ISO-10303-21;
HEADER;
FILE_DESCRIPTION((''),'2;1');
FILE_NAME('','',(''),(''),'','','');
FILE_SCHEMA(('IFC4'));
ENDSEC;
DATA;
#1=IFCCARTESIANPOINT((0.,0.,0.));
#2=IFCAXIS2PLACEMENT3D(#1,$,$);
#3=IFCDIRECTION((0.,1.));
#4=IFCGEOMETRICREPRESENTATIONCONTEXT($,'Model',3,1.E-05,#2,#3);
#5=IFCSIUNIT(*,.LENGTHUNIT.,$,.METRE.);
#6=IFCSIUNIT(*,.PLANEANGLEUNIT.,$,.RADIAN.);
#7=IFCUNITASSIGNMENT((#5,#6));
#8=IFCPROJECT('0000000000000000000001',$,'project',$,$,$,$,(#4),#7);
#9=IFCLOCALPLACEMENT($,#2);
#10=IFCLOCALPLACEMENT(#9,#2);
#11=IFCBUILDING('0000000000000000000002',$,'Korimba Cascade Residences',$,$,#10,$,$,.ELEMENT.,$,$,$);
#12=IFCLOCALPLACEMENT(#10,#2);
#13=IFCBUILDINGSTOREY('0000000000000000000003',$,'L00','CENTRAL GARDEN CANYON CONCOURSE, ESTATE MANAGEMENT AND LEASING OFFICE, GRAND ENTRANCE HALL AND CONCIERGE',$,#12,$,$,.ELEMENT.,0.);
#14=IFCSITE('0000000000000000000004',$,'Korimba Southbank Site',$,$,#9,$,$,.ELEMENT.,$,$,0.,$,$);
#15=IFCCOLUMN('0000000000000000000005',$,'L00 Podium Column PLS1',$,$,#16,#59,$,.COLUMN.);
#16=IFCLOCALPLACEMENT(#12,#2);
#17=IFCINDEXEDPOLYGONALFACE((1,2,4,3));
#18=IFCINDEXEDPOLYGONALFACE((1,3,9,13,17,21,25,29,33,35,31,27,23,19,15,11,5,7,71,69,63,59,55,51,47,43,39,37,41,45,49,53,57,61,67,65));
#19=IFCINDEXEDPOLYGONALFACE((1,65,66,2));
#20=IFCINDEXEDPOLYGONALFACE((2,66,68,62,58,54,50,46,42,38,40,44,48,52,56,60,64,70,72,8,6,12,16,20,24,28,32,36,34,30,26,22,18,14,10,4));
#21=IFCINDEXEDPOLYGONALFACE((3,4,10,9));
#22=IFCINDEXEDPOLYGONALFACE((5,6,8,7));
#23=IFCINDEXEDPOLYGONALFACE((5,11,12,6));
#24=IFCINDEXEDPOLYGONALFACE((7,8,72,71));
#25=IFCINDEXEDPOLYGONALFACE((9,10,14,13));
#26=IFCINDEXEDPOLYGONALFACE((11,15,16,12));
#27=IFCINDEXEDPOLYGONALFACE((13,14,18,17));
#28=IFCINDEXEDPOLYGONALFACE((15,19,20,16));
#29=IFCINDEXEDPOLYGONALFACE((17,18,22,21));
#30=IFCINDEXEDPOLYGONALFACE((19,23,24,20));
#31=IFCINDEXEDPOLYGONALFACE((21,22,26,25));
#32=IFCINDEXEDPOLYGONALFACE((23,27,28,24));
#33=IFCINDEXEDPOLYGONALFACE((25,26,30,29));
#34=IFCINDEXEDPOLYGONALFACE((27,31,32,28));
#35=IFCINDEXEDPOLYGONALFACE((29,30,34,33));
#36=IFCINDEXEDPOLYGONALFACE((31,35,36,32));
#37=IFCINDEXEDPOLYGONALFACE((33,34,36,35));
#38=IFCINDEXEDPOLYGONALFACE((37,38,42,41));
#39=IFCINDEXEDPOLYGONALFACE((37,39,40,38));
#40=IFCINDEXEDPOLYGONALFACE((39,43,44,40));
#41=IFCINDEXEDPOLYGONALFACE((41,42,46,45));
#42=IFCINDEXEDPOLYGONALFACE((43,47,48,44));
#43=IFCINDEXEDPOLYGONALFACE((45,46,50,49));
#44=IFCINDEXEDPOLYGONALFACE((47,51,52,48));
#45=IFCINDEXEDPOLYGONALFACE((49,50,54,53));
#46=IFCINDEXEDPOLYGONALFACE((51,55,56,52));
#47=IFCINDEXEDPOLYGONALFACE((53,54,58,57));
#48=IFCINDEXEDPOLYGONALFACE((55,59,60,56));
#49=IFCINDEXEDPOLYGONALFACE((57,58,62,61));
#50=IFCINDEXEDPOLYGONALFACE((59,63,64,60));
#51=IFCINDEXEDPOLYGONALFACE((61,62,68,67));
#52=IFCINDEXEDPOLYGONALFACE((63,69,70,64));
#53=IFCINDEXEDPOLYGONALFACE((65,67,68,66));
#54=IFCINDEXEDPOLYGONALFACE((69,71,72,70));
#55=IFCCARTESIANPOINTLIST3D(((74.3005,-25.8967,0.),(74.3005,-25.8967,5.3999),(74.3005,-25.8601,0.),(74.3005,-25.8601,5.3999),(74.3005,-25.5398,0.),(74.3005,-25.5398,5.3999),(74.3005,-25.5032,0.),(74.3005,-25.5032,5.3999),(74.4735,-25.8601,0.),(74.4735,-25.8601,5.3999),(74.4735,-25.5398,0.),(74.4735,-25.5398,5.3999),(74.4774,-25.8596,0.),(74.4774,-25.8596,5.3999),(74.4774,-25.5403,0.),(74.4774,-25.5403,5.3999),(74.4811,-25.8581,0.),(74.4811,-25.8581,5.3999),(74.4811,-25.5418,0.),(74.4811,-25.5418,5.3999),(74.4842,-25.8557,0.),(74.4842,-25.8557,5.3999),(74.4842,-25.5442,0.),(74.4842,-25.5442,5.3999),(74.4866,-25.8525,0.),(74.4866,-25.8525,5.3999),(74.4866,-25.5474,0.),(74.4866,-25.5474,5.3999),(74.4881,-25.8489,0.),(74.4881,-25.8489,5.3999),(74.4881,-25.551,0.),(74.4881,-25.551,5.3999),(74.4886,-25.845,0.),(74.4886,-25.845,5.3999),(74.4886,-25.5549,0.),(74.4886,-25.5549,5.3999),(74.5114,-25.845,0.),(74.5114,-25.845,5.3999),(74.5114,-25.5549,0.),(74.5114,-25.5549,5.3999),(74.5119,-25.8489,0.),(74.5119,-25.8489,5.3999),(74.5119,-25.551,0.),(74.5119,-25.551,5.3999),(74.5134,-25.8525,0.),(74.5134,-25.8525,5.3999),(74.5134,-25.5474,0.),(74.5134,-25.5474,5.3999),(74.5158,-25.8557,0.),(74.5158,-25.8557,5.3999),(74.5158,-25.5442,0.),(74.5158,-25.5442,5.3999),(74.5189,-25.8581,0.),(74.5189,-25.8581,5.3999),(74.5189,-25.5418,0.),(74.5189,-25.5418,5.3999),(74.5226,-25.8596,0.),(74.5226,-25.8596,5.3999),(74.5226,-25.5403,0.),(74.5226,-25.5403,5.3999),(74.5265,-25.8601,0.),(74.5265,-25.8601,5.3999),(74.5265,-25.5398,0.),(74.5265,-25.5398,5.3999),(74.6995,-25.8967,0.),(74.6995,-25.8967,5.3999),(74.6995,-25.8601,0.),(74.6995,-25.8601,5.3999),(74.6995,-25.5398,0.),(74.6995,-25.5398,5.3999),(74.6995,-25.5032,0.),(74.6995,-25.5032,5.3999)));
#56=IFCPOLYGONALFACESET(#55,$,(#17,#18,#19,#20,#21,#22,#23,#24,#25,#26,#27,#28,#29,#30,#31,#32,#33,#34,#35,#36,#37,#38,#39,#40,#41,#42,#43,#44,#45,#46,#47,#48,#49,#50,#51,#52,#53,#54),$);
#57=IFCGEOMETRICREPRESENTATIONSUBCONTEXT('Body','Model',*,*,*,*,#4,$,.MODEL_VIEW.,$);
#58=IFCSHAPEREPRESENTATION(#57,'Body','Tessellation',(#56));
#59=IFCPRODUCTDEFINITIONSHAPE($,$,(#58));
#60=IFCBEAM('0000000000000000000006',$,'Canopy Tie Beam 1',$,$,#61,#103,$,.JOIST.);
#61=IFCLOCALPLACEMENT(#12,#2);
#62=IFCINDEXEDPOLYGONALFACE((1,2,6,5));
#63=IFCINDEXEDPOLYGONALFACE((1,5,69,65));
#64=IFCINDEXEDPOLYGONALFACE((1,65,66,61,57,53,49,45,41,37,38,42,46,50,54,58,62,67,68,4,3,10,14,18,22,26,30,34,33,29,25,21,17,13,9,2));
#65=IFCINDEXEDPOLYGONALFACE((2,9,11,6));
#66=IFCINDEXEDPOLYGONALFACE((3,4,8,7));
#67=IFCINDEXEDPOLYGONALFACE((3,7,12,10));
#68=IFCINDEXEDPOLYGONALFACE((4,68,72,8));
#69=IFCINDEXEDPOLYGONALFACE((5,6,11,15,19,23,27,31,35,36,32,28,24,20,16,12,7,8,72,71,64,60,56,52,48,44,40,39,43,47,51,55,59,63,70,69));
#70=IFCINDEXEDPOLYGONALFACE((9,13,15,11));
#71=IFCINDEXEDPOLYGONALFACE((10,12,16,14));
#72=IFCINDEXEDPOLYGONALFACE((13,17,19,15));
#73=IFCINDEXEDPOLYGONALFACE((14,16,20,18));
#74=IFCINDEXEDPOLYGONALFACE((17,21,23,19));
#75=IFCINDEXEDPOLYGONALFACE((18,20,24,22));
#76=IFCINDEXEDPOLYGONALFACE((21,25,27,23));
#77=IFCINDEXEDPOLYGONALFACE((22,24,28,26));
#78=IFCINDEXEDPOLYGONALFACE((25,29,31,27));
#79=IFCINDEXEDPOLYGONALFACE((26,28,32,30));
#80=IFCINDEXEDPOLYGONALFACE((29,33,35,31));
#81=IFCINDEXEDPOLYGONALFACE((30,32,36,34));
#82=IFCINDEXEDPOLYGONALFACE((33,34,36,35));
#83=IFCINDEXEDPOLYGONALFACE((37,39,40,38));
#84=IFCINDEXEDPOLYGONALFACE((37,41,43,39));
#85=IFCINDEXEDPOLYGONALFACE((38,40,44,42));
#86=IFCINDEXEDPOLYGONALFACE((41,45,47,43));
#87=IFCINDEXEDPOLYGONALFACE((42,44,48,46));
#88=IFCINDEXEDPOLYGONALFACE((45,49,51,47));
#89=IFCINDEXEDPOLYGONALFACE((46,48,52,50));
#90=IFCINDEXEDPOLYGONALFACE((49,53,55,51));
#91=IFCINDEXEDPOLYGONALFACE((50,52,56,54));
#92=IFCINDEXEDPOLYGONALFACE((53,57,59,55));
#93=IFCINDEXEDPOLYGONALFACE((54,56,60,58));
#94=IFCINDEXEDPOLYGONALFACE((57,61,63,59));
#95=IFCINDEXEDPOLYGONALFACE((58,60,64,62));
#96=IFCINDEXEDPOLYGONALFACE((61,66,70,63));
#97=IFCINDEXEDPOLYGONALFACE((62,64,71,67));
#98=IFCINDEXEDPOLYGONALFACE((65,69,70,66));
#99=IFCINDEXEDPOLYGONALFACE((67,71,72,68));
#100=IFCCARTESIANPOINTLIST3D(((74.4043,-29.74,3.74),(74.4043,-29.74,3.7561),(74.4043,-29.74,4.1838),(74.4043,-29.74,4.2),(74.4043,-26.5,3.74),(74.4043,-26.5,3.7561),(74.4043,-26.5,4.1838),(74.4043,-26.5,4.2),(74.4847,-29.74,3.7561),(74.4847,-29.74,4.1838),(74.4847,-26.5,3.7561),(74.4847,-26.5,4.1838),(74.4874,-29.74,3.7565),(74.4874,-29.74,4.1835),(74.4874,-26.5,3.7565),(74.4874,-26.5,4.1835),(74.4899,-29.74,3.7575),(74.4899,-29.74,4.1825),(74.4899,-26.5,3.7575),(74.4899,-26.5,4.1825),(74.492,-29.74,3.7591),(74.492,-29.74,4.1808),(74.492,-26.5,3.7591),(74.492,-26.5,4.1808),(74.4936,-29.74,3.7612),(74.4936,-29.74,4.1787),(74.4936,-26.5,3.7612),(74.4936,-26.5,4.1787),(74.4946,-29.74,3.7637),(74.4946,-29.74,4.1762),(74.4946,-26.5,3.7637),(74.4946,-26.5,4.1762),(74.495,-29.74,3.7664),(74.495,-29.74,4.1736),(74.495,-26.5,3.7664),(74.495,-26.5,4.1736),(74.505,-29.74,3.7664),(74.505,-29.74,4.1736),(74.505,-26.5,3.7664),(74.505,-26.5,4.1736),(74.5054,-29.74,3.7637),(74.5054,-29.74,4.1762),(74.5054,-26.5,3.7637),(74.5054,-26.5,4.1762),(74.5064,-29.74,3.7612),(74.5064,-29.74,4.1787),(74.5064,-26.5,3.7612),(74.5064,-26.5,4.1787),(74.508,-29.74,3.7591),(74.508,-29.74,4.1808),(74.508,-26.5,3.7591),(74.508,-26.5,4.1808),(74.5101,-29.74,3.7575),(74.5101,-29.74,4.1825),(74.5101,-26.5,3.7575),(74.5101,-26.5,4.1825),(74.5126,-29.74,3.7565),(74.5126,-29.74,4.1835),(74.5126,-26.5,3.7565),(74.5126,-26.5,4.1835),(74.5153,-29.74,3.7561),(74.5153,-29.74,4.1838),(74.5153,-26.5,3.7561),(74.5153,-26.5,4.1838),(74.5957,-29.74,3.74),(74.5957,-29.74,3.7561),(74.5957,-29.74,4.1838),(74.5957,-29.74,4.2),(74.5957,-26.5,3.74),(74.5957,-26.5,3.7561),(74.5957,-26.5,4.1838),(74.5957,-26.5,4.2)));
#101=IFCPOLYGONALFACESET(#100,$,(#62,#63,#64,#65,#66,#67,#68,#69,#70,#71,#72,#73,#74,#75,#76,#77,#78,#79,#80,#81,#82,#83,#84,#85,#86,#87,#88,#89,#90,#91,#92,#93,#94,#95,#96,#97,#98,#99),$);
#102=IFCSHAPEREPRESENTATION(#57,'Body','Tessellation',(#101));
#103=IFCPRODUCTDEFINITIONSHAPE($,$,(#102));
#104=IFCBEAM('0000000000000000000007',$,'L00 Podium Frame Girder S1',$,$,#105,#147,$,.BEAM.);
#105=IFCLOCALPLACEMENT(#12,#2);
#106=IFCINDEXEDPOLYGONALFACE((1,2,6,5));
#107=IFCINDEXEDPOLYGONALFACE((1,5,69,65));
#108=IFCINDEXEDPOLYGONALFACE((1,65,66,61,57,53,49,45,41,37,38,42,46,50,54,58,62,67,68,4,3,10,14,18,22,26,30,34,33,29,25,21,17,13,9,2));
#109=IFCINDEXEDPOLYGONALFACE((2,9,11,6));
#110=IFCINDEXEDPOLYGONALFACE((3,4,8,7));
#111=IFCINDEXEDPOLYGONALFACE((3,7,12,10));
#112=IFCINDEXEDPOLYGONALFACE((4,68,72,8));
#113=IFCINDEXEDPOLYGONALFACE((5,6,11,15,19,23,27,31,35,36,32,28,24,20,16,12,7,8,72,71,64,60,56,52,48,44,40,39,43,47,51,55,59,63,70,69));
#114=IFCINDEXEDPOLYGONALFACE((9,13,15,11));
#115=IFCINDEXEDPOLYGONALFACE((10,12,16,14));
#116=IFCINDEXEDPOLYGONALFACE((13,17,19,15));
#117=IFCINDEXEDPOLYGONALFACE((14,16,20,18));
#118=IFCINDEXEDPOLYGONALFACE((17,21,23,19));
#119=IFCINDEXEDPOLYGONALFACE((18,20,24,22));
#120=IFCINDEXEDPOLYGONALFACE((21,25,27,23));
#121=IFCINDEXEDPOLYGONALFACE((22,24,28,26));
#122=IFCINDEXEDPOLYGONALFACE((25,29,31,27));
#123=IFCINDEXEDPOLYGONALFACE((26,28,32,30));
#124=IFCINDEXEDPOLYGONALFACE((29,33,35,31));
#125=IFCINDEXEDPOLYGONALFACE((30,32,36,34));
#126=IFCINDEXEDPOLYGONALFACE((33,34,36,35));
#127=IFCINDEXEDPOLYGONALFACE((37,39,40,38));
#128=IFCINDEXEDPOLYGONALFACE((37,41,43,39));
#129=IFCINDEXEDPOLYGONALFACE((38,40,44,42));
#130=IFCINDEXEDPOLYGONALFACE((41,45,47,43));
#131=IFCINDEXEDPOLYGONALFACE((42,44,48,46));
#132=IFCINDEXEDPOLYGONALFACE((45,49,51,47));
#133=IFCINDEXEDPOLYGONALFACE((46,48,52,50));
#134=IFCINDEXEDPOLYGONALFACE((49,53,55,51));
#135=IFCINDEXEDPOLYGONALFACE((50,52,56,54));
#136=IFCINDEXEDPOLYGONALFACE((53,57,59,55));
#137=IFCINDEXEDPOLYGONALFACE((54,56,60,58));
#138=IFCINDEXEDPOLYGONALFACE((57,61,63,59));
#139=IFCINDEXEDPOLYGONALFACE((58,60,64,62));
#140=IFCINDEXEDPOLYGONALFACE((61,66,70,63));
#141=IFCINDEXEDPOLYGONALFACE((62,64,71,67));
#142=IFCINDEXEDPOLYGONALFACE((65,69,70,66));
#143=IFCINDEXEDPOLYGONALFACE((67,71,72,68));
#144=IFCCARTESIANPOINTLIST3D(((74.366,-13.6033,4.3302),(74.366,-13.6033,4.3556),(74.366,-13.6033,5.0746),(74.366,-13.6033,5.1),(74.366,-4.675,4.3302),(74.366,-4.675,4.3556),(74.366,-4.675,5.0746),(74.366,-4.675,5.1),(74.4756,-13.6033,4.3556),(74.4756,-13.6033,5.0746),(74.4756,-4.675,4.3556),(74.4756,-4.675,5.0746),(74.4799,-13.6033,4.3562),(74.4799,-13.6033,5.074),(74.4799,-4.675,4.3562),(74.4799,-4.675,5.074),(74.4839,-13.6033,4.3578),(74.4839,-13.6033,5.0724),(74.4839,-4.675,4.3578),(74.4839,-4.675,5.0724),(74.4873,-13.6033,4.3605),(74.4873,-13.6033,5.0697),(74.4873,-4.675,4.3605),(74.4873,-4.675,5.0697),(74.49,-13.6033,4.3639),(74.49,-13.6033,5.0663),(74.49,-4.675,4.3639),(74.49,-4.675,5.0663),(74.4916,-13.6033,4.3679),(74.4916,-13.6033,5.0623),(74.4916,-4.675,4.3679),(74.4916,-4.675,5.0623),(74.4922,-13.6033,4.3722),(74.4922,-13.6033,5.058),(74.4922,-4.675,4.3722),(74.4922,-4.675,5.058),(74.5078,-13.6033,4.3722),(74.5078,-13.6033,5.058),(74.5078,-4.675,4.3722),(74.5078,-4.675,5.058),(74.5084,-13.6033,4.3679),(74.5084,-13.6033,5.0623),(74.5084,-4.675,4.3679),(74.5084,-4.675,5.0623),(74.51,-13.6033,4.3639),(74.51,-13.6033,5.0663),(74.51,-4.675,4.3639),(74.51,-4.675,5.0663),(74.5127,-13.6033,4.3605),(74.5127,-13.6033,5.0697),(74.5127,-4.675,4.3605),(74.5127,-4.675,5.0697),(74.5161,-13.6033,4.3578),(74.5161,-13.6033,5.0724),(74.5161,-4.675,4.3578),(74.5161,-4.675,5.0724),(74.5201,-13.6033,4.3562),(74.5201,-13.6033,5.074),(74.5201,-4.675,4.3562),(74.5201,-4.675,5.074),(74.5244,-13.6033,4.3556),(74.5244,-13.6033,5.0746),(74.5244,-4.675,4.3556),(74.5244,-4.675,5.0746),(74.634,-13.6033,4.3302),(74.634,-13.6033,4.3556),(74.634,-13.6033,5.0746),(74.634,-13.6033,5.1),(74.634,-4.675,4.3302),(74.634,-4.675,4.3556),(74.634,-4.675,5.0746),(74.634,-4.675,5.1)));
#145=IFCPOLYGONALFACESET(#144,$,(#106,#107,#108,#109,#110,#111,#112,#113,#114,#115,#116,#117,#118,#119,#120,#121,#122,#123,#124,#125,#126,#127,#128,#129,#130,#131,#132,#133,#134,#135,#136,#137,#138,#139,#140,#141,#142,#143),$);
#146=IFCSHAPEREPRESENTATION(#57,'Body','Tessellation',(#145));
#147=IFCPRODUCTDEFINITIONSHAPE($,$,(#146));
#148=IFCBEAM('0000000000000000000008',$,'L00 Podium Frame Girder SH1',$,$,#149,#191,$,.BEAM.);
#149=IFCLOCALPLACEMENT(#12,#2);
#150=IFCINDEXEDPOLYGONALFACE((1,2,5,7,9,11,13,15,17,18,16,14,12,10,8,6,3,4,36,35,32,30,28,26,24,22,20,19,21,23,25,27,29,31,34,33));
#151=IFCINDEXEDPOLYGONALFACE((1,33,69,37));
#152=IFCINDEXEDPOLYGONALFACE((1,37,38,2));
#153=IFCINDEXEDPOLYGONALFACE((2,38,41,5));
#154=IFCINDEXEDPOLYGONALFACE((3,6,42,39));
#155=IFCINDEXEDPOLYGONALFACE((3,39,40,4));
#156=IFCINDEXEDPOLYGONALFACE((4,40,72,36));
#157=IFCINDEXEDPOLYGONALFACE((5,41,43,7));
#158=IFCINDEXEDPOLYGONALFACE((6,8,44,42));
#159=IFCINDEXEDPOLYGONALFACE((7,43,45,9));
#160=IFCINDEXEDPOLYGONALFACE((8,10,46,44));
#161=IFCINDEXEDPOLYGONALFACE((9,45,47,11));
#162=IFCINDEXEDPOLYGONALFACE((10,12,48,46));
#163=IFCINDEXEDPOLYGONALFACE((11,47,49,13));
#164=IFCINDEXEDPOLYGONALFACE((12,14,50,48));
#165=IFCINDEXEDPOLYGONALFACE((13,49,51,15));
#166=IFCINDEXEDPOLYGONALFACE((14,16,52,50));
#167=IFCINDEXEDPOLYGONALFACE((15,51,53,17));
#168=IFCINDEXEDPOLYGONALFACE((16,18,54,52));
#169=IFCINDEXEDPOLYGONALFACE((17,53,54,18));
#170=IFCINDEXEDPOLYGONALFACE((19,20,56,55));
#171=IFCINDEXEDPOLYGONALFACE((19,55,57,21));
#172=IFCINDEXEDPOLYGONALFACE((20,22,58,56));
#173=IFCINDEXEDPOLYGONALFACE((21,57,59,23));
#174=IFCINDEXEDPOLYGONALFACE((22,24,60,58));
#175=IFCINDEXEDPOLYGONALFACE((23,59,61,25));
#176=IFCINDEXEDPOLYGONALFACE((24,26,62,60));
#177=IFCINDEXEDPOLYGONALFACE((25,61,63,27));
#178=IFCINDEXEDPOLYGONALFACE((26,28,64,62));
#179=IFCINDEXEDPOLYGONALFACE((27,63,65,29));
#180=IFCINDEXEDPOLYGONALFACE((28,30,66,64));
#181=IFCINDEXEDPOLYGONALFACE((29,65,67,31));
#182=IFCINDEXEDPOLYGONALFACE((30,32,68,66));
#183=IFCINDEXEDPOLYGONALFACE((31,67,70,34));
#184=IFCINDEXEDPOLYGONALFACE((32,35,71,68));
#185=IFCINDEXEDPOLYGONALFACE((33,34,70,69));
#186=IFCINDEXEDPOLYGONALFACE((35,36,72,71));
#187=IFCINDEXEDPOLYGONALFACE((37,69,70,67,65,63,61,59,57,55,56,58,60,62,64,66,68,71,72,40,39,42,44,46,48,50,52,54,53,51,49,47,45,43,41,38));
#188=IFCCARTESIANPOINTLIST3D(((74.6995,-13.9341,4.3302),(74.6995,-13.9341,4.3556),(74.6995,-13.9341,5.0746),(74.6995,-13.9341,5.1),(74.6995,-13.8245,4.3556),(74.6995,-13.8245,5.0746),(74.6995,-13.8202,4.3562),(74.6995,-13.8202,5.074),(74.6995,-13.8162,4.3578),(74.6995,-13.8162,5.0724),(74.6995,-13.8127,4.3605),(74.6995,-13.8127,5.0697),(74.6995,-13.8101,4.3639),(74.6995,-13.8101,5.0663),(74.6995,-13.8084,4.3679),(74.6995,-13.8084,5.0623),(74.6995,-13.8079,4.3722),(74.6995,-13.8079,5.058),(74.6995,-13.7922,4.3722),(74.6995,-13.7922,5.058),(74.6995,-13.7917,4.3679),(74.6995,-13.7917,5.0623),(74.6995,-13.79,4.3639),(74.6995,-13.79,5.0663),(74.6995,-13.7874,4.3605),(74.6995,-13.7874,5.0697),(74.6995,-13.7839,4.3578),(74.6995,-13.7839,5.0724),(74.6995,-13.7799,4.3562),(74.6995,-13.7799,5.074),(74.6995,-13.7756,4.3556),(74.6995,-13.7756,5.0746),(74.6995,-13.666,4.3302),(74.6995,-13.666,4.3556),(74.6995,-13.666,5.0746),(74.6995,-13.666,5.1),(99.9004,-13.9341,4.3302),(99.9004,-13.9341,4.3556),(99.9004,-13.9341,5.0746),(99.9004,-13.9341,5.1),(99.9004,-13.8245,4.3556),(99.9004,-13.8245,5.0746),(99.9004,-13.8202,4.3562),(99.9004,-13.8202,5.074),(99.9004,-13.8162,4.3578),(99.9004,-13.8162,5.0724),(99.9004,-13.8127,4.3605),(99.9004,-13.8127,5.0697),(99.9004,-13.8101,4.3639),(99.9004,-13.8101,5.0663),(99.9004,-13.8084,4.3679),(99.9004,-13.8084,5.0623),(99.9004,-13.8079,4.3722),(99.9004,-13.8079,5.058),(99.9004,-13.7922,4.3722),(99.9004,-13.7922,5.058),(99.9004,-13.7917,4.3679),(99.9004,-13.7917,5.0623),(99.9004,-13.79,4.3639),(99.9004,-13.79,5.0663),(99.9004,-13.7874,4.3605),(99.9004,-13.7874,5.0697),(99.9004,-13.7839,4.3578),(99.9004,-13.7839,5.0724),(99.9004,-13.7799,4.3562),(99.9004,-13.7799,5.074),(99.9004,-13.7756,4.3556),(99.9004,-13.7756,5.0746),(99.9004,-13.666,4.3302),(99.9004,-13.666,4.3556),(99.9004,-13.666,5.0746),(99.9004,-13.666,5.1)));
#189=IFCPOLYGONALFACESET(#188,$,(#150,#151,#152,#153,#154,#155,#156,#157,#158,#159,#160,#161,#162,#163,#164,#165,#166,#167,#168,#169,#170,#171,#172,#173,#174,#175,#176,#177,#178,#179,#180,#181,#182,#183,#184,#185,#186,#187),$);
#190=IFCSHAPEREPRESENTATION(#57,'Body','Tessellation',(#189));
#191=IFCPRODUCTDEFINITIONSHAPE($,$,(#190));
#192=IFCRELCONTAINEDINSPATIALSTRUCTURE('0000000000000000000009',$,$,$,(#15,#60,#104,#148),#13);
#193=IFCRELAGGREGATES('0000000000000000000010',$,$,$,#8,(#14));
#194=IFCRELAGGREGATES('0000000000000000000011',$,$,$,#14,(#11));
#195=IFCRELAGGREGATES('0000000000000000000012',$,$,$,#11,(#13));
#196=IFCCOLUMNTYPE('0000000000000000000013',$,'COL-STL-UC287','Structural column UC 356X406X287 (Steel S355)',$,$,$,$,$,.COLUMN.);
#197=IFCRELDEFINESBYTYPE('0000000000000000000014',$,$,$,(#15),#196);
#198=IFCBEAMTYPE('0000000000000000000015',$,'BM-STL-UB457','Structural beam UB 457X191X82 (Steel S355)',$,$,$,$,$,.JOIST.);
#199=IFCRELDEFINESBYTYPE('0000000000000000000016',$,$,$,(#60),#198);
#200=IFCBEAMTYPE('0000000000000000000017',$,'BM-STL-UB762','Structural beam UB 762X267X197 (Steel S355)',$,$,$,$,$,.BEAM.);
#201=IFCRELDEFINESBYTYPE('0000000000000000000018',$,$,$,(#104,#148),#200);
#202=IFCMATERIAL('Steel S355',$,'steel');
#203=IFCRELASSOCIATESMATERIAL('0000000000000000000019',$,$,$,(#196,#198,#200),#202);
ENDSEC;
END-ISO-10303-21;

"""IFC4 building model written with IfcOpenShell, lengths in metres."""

from ifc_helpers import new_model, si_unit, direction, frame, origin, origin_2d, place, context, subcontext, project, spatial, i_section, extrude, material, material_profile, profile_set, type_object, element, save


model = new_model("IFC4")

# Units and contexts
model_context = context("Model", 3, precision=1e-05, world=origin(), true_north=direction((0.0, 1.0)))
body_context = subcontext(model_context, "Body", "Model", "MODEL_VIEW")
ifc_project = project(units=[si_unit("LENGTHUNIT", "METRE"), si_unit("PLANEANGLEUNIT", "RADIAN")], contexts=[model_context])

# Site, building, storey
site_placement = place(None, origin())
site = spatial("IfcSite", under=ifc_project, at=site_placement, Name="Korimba Southbank Site", CompositionType="ELEMENT", RefElevation=0.0)
building_placement = place(site_placement, origin())
building = spatial("IfcBuilding", under=site, at=building_placement, Name="Korimba Cascade Residences", CompositionType="ELEMENT")
storey_placement = place(building_placement, origin())
storey = spatial("IfcBuildingStorey", under=building, at=storey_placement, Name="L00", Description="CENTRAL GARDEN CANYON CONCOURSE, ESTATE MANAGEMENT AND LEASING OFFICE, GRAND ENTRANCE HALL AND CONCIERGE", CompositionType="ELEMENT", Elevation=0.0)

# Column
ifc_material_1 = material(Name="Steel S355", Category="steel")
ifc_material_profile_1 = material_profile(ifc_material_1, i_section(OverallWidth=0.3989, OverallDepth=0.3936, WebThickness=0.0227, FlangeThickness=0.0366, FilletRadius=0.0151, at=origin_2d()), Name="Steel S355")
ifc_profile_set_1 = profile_set([ifc_material_profile_1], Name="Steel S355")
column_type_1 = type_object("IfcColumnType", Name="COL-STL-UC287", Description="Structural column UC 356X406X287 (Steel S355)", PredefinedType="COLUMN", material=ifc_profile_set_1)
for number, where, z_axis, x_axis, name in (
    (1, (74.5, -25.7, 0.0), (0.0, 0.0, 1.0), (1.0, 0.0, 0.0), "L00 Podium Column PLS1"),
):
    element("IfcColumn", number, at=place(storey_placement, frame(where, z_axis=z_axis, x_axis=x_axis)), inside=storey, type_object=column_type_1, Name=name, PredefinedType="COLUMN", context=body_context, shape_type="SweptSolid", body=[
        extrude(i_section(OverallWidth=0.3989, OverallDepth=0.3936, WebThickness=0.0227, FlangeThickness=0.0366, FilletRadius=0.0151, at=origin_2d()), origin(), (0.0, 0.0, 1.0), 5.3999),
    ])

# Beams
ifc_material_profile_2 = material_profile(ifc_material_1, i_section(OverallWidth=0.1914, OverallDepth=0.46, WebThickness=0.01, FlangeThickness=0.0161, FilletRadius=0.0103, at=origin_2d()), Name="Steel S355")
ifc_profile_set_2 = profile_set([ifc_material_profile_2], Name="Steel S355")
beam_type_1 = type_object("IfcBeamType", Name="BM-STL-UB457", Description="Structural beam UB 457X191X82 (Steel S355)", PredefinedType="JOIST", material=ifc_profile_set_2)
beam_1_placement = place(storey_placement, frame((74.5, -29.74, 3.97), z_axis=(0.0, 1.0, 0.0), x_axis=(-1.0, 0.0, 0.0)))
element("IfcBeam", 2, at=beam_1_placement, inside=storey, type_object=beam_type_1, Name="Canopy Tie Beam 1", PredefinedType="JOIST", context=body_context, shape_type="SweptSolid", body=[
    extrude(i_section(OverallWidth=0.1914, OverallDepth=0.46, WebThickness=0.01, FlangeThickness=0.0161, FilletRadius=0.0103, at=origin_2d()), origin(), (0.0, 0.0, 1.0), 3.24),
])
ifc_material_profile_3 = material_profile(ifc_material_1, i_section(OverallWidth=0.2681, OverallDepth=0.7698, WebThickness=0.0156, FlangeThickness=0.0254, FilletRadius=0.0166, at=origin_2d()), Name="Steel S355")
ifc_profile_set_3 = profile_set([ifc_material_profile_3], Name="Steel S355")
beam_type_2 = type_object("IfcBeamType", Name="BM-STL-UB762", Description="Structural beam UB 762X267X197 (Steel S355)", PredefinedType="BEAM", material=ifc_profile_set_3)
beam_2_placement = place(storey_placement, frame((74.5, -13.6033, 4.7151), z_axis=(0.0, 1.0, 0.0), x_axis=(-1.0, 0.0, 0.0)))
element("IfcBeam", 3, at=beam_2_placement, inside=storey, type_object=beam_type_2, Name="L00 Podium Frame Girder S1", PredefinedType="BEAM", context=body_context, shape_type="SweptSolid", body=[
    extrude(i_section(OverallWidth=0.2681, OverallDepth=0.7698, WebThickness=0.0156, FlangeThickness=0.0254, FilletRadius=0.0166, at=origin_2d()), origin(), (0.0, 0.0, 1.0), 8.9282),
])
beam_3_placement = place(storey_placement, frame((74.6995, -13.8, 4.7151), z_axis=(1.0, 0.0, 0.0), x_axis=(0.0, 1.0, 0.0)))
element("IfcBeam", 4, at=beam_3_placement, inside=storey, type_object=beam_type_2, Name="L00 Podium Frame Girder SH1", PredefinedType="BEAM", context=body_context, shape_type="SweptSolid", body=[
    extrude(i_section(OverallWidth=0.2681, OverallDepth=0.7698, WebThickness=0.0156, FlangeThickness=0.0254, FilletRadius=0.0166, at=origin_2d()), origin(), (0.0, 0.0, 1.0), 25.2009),
])

save(model, "model.ifc")
